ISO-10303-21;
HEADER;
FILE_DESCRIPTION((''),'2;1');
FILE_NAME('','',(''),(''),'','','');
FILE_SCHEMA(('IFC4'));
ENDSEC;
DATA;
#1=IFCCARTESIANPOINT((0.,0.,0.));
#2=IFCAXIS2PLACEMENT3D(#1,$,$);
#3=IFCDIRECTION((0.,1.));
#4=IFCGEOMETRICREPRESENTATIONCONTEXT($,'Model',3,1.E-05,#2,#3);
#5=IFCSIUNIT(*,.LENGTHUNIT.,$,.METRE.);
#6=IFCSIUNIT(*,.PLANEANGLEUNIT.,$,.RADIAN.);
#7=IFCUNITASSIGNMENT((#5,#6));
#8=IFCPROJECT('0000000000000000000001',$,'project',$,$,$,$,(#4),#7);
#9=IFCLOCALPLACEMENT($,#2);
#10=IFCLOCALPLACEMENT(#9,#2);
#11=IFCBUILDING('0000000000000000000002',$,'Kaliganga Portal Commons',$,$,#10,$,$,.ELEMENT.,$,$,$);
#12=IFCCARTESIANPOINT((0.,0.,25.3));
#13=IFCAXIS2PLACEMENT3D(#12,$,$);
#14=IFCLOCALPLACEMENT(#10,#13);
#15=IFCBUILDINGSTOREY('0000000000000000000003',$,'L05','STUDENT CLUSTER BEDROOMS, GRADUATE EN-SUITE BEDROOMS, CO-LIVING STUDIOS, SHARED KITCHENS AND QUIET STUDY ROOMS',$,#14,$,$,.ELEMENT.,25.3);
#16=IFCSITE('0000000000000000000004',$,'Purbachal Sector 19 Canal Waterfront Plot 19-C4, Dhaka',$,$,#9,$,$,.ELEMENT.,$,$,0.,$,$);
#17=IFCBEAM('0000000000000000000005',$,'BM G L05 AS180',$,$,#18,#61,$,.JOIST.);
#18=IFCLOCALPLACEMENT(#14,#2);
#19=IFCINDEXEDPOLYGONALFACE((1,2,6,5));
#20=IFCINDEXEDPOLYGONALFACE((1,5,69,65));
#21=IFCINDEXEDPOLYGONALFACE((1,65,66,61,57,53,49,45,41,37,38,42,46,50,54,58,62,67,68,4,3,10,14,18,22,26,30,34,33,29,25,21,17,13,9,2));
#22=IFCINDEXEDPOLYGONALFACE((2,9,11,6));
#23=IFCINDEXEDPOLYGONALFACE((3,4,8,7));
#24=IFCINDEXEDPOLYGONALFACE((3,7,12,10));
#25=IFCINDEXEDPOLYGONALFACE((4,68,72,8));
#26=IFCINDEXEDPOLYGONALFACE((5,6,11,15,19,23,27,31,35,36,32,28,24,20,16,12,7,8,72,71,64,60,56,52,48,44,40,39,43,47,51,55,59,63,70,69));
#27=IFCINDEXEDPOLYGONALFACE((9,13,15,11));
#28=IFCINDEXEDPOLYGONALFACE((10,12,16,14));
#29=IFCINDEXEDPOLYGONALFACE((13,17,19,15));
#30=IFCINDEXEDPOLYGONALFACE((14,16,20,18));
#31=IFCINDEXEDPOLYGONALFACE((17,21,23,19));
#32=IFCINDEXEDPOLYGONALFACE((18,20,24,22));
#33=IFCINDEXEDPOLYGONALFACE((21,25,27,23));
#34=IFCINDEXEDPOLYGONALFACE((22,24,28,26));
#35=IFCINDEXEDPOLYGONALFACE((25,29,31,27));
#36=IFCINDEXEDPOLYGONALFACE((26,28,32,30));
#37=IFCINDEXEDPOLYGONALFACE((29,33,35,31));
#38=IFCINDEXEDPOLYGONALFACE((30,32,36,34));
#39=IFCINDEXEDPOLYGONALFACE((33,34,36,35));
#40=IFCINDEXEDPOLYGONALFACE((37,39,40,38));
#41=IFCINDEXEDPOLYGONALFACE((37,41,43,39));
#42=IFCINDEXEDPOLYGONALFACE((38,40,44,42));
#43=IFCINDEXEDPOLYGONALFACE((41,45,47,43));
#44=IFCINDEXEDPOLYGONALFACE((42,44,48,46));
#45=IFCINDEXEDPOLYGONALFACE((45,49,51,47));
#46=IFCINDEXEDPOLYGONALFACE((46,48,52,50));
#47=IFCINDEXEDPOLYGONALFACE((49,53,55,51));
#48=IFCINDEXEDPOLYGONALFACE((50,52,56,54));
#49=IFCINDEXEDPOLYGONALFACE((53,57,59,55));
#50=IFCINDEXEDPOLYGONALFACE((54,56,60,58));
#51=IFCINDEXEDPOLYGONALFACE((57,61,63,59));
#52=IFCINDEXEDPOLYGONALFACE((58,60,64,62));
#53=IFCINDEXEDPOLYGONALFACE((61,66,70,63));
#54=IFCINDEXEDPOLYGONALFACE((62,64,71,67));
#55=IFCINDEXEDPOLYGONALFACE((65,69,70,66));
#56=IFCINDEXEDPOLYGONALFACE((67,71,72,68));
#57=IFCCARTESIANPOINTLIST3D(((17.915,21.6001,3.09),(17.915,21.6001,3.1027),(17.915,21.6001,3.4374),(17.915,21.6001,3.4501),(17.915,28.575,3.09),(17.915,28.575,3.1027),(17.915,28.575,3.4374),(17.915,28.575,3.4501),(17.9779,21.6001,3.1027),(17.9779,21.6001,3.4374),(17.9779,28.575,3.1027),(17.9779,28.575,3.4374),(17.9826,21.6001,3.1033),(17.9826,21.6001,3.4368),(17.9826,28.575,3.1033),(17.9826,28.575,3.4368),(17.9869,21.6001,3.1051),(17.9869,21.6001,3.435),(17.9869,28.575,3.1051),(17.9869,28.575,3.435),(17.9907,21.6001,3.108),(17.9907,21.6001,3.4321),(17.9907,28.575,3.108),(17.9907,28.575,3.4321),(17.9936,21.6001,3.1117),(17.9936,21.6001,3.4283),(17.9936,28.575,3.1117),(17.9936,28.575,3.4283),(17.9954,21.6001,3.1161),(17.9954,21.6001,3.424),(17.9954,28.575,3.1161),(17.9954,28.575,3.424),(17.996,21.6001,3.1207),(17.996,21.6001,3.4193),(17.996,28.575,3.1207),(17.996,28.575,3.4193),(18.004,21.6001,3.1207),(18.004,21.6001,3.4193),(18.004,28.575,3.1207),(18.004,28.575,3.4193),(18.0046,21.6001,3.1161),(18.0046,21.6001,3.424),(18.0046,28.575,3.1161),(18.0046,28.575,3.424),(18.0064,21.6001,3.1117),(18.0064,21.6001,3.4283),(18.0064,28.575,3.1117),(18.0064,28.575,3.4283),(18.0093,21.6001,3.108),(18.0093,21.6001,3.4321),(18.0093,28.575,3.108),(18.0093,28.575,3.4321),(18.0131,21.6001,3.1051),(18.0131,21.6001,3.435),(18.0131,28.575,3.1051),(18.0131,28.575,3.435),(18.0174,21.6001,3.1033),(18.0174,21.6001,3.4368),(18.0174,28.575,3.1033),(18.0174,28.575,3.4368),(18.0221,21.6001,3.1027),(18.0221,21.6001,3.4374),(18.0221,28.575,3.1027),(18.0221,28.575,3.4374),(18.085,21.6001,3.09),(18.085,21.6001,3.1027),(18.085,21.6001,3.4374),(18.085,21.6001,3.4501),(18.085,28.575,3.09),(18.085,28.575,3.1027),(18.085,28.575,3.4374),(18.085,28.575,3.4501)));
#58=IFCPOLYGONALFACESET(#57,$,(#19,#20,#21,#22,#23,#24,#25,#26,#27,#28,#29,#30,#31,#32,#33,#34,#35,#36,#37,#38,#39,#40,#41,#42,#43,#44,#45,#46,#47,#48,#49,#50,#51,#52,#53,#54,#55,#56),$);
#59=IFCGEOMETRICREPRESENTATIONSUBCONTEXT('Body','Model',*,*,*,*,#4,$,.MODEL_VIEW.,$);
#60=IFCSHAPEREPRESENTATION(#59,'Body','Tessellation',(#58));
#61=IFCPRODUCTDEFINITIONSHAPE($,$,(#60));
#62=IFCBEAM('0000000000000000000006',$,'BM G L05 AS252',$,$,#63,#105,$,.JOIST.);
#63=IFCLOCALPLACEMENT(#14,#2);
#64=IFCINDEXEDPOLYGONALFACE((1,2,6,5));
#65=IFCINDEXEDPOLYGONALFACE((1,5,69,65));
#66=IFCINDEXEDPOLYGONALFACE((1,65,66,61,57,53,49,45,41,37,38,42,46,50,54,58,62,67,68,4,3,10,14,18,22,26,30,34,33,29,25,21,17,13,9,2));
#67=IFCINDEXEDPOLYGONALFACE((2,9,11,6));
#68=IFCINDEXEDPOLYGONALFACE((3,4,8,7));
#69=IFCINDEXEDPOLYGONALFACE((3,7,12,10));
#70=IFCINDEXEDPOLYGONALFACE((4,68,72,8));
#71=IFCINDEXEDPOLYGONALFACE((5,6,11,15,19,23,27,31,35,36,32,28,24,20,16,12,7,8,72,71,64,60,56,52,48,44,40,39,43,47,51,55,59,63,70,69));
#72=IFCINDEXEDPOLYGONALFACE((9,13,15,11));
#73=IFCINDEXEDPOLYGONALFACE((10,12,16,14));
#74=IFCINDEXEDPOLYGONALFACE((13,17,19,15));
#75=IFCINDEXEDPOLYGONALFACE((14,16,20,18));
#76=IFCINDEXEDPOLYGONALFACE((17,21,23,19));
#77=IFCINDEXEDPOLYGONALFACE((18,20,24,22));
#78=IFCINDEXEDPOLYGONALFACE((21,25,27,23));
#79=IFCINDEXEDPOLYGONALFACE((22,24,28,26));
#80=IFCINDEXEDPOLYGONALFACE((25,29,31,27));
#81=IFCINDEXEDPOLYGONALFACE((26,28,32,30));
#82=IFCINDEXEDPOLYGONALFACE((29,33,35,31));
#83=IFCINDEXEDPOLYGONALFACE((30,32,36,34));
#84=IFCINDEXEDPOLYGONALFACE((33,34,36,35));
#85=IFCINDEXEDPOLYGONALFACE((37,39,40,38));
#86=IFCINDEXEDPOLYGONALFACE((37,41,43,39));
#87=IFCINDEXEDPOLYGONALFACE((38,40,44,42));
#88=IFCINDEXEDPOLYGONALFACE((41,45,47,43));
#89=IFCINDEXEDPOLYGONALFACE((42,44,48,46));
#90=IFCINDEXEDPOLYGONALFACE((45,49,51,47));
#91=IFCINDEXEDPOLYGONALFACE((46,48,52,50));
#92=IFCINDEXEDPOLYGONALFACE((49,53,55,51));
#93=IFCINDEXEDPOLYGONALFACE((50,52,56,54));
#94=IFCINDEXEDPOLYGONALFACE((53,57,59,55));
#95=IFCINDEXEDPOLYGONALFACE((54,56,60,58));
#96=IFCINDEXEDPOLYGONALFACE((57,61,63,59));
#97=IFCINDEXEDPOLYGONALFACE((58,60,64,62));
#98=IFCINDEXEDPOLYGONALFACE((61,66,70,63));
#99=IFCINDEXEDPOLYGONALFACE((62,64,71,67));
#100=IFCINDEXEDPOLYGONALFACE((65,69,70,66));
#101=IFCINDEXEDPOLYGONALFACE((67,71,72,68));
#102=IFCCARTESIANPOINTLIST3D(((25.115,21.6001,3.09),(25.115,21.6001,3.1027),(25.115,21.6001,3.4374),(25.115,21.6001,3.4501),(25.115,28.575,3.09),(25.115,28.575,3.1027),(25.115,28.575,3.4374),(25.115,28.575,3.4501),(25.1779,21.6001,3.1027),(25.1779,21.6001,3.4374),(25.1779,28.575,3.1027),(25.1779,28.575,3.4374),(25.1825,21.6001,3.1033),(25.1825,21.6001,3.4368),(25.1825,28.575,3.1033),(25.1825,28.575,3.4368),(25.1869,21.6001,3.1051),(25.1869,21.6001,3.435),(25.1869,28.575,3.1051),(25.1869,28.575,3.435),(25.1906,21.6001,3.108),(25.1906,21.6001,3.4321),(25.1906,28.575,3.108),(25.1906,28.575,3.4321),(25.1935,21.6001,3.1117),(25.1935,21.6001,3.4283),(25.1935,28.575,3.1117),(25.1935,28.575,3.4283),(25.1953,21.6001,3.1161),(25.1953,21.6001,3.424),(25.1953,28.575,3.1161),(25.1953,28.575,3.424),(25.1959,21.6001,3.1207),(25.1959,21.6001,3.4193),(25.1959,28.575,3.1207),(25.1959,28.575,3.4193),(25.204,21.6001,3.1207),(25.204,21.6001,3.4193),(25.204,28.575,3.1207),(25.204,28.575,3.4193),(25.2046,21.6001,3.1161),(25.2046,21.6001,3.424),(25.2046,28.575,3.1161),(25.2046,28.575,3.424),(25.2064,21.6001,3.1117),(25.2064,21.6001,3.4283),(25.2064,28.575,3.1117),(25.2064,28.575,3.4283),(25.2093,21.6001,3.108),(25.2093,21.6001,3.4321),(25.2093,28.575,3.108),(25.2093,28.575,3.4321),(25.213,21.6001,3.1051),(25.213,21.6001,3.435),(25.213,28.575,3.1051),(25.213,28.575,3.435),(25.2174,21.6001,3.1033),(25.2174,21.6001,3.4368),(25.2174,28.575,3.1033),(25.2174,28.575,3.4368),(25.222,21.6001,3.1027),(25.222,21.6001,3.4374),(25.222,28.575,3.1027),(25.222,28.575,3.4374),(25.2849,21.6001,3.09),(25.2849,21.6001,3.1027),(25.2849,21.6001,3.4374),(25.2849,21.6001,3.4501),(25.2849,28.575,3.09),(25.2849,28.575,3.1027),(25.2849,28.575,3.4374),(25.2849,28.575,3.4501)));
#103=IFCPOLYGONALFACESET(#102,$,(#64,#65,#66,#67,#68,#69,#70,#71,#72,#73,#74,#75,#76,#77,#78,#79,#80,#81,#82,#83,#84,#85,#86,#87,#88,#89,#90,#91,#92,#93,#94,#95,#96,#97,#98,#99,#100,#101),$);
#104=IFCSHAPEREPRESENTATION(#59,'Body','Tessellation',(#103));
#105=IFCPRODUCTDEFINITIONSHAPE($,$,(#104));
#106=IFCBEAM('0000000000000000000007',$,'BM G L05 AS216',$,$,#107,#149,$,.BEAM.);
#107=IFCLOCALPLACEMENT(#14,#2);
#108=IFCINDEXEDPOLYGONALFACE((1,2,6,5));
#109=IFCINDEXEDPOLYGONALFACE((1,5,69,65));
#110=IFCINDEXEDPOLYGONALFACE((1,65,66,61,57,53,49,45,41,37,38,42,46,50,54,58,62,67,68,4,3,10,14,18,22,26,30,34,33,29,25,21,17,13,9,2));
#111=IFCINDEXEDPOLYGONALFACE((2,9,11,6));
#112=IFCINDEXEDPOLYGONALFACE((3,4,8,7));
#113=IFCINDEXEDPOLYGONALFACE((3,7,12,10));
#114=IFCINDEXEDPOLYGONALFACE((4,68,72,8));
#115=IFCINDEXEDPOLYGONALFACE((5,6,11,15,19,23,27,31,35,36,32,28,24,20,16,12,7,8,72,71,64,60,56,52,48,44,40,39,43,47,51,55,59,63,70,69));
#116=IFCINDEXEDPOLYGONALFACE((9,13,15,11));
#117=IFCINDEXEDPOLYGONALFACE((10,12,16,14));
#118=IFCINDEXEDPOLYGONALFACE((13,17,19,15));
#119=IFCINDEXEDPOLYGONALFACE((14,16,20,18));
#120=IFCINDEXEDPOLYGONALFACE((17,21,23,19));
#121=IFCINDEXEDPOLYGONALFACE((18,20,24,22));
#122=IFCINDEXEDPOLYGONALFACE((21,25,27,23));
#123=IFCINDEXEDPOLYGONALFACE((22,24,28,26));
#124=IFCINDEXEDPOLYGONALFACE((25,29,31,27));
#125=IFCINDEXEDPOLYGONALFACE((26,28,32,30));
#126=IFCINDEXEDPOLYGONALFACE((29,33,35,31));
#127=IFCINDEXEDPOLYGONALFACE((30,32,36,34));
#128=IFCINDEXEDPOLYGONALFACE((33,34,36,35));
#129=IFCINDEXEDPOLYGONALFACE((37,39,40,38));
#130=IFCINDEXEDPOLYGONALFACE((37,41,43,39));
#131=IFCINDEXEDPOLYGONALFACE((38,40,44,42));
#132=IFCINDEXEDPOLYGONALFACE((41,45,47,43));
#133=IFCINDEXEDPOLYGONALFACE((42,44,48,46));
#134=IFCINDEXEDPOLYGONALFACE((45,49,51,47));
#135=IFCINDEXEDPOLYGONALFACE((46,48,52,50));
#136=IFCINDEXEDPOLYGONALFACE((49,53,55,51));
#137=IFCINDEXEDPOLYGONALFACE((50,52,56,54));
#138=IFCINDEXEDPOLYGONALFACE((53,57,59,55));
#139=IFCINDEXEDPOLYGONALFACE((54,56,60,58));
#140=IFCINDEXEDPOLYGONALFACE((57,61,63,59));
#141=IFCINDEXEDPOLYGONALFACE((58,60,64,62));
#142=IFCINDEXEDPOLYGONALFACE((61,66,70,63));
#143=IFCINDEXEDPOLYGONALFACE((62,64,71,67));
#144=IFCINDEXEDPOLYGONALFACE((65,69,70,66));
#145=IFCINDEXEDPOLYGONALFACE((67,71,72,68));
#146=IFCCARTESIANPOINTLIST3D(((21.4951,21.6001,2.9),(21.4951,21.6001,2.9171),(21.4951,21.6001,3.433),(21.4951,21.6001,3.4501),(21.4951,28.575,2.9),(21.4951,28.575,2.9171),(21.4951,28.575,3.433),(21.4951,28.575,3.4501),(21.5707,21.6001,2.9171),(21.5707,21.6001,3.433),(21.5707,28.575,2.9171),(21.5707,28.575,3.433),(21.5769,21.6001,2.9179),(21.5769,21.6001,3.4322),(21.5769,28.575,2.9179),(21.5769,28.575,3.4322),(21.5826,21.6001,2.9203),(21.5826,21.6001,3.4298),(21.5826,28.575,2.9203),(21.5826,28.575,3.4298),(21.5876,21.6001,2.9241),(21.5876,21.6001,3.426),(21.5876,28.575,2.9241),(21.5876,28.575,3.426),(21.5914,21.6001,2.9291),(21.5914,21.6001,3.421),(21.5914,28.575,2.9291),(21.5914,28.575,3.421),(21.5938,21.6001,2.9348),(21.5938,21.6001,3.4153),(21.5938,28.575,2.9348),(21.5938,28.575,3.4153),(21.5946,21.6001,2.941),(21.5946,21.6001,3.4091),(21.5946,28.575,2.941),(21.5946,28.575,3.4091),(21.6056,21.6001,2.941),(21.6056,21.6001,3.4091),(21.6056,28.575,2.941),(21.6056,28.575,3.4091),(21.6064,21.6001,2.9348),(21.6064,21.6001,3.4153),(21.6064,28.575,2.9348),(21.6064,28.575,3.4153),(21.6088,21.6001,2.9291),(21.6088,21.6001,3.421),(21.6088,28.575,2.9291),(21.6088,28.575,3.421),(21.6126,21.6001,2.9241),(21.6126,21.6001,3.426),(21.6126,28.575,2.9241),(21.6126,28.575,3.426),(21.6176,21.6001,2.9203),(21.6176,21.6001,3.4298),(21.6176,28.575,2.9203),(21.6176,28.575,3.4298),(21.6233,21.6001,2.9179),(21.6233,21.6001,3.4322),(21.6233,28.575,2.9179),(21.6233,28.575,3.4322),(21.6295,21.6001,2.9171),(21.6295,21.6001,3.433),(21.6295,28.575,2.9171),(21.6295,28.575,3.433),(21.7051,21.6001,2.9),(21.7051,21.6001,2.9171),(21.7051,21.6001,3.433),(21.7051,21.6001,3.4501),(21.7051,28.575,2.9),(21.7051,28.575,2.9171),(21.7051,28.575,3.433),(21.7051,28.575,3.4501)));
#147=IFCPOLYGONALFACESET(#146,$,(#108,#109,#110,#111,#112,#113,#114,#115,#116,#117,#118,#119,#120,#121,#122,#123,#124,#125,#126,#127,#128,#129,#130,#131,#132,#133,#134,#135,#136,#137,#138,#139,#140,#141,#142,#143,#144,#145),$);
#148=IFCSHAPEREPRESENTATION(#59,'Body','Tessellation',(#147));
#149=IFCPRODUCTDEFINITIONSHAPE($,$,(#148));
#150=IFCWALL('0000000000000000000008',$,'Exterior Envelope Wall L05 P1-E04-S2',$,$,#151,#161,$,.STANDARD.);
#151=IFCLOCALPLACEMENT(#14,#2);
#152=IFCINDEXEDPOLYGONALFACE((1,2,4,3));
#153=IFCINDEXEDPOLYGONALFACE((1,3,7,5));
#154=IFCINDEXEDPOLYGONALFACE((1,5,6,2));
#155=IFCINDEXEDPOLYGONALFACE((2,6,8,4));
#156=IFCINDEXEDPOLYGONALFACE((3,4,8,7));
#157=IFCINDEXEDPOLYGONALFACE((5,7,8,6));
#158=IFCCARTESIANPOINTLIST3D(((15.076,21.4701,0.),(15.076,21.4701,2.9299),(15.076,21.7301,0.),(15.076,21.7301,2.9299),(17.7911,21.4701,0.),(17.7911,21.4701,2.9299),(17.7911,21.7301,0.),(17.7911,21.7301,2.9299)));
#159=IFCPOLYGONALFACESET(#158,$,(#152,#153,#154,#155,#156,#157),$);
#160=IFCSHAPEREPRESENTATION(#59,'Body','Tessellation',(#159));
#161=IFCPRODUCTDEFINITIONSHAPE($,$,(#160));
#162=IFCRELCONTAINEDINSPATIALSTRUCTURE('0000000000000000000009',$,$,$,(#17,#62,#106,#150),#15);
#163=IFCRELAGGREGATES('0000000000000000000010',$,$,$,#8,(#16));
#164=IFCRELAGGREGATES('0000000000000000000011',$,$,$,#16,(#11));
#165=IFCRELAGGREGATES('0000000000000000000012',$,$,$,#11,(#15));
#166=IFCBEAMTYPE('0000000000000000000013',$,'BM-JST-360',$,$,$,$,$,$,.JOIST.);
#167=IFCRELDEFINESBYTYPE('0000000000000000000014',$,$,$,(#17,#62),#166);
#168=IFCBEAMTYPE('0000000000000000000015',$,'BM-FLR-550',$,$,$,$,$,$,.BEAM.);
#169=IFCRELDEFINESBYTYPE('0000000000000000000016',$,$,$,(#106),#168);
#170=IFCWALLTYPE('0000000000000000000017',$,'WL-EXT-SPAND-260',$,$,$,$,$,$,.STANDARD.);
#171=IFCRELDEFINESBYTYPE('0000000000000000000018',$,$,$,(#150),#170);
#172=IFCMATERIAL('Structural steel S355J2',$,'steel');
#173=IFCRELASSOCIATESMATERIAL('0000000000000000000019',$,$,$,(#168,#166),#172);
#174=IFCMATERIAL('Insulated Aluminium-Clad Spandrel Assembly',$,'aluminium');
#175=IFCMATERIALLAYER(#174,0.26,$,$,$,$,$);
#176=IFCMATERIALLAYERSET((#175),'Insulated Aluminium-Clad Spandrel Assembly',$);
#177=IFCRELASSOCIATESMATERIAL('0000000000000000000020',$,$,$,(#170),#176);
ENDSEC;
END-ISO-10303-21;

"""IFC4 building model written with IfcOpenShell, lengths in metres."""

from ifc_helpers import new_model, si_unit, direction, frame, frame_2d, origin, origin_2d, place, context, subcontext, project, spatial, rectangle, i_section, extrude, source, transform, mapped, material, layer, layer_set, material_profile, profile_set, type_object, element, save


model = new_model("IFC4")

# Units and contexts
model_context = context("Model", 3, precision=1e-05, world=origin(), true_north=direction((0.0, 1.0)))
body_context = subcontext(model_context, "Body", "Model", "MODEL_VIEW")
ifc_project = project(units=[si_unit("LENGTHUNIT", "METRE"), si_unit("PLANEANGLEUNIT", "RADIAN")], contexts=[model_context])

# Site, building, storey
site_placement = place(None, origin())
site = spatial("IfcSite", under=ifc_project, at=site_placement, Name="Purbachal Sector 19 Canal Waterfront Plot 19-C4, Dhaka", CompositionType="ELEMENT", RefElevation=0.0)
building_placement = place(site_placement, origin())
building = spatial("IfcBuilding", under=site, at=building_placement, Name="Kaliganga Portal Commons", CompositionType="ELEMENT")
storey_placement = place(building_placement, frame((0.0, 0.0, 25.3)))
storey = spatial("IfcBuildingStorey", under=building, at=storey_placement, Name="L05", Description="STUDENT CLUSTER BEDROOMS, GRADUATE EN-SUITE BEDROOMS, CO-LIVING STUDIOS, SHARED KITCHENS AND QUIET STUDY ROOMS", CompositionType="ELEMENT", Elevation=25.3)

# Beams
ifc_material_1 = material(Name="Structural steel S355J2", Category="steel")
ifc_material_profile_1 = material_profile(ifc_material_1, i_section(OverallWidth=0.21, OverallDepth=0.55, WebThickness=0.011, FlangeThickness=0.0171, FilletRadius=0.0239, at=origin_2d()), Name="IPE 550")
ifc_profile_set_1 = profile_set([ifc_material_profile_1], Name="Structural steel S355J2 wide-flange")
beam_type_1 = type_object("IfcBeamType", Name="BM-FLR-550", PredefinedType="BEAM", material=ifc_profile_set_1)
ifc_material_profile_2 = material_profile(ifc_material_1, i_section(OverallWidth=0.1699, OverallDepth=0.3601, WebThickness=0.0081, FlangeThickness=0.0127, FilletRadius=0.0181, at=origin_2d()), Name="IPE 360")
ifc_profile_set_2 = profile_set([ifc_material_profile_2], Name="Structural steel S355J2 wide-flange")
beam_type_2 = type_object("IfcBeamType", Name="BM-JST-360", PredefinedType="JOIST", material=ifc_profile_set_2)
shared_shape_1 = source(origin(), body_context, "Body", "SweptSolid", [
    extrude(i_section(OverallWidth=0.1699, OverallDepth=0.3601, WebThickness=0.0081, FlangeThickness=0.0127, FilletRadius=0.0181, at=origin_2d()), origin(), (0.0, 0.0, 1.0), 6.9749),
])
for number, where, z_axis, x_axis, name in (
    (1, (18.0, 21.6001, 3.27), (0.0, 1.0, 0.0), (-1.0, 0.0, 0.0), "BM G L05 AS180"),
    (2, (25.2, 21.6001, 3.27), (0.0, 1.0, 0.0), (-1.0, 0.0, 0.0), "BM G L05 AS252"),
):
    element("IfcBeam", number, at=place(storey_placement, frame(where, z_axis=z_axis, x_axis=x_axis)), inside=storey, type_object=beam_type_2, Name=name, PredefinedType="JOIST", context=body_context, shape_type="MappedRepresentation", body=[
        mapped(shared_shape_1, transform((0.0, 0.0, 0.0), x_axis=(1.0, 0.0, 0.0), y_axis=(0.0, 1.0, 0.0), z_axis=(0.0, 0.0, 1.0), scale=1.0)),
    ])
shared_shape_2 = source(origin(), body_context, "Body", "SweptSolid", [
    extrude(i_section(OverallWidth=0.21, OverallDepth=0.55, WebThickness=0.011, FlangeThickness=0.0171, FilletRadius=0.0239, at=origin_2d()), origin(), (0.0, 0.0, 1.0), 6.9749),
])
beam_1_placement = place(storey_placement, frame((21.6001, 21.6001, 3.175), z_axis=(0.0, 1.0, 0.0), x_axis=(-1.0, 0.0, 0.0)))
element("IfcBeam", 3, at=beam_1_placement, inside=storey, type_object=beam_type_1, Name="BM G L05 AS216", PredefinedType="BEAM", context=body_context, shape_type="MappedRepresentation", body=[
    mapped(shared_shape_2, transform((0.0, 0.0, 0.0), x_axis=(1.0, 0.0, 0.0), y_axis=(0.0, 1.0, 0.0), z_axis=(0.0, 0.0, 1.0), scale=1.0)),
])

# Wall
ifc_material_2 = material(Name="Insulated Aluminium-Clad Spandrel Assembly", Category="aluminium")
ifc_layer_1 = layer(ifc_material_2, 0.26)
ifc_layer_set_1 = layer_set([ifc_layer_1], Name="Insulated Aluminium-Clad Spandrel Assembly")
wall_type_1 = type_object("IfcWallType", Name="WL-EXT-SPAND-260", PredefinedType="STANDARD", material=ifc_layer_set_1)
wall_1_placement = place(storey_placement, frame((17.791, 21.6001, 0.0), z_axis=(0.0, 0.0, 1.0), x_axis=(-1.0, 0.0, 0.0)))
element("IfcWall", 4, at=wall_1_placement, inside=storey, type_object=wall_type_1, Name="Exterior Envelope Wall L05 P1-E04-S2", PredefinedType="STANDARD", context=body_context, shape_type="SweptSolid", body=[
    extrude(rectangle(XDim=2.7151, YDim=0.26, at=frame_2d((1.3574, 0.0))), origin(), (0.0, 0.0, 1.0), 2.9299),
])

save(model, "model.ifc")
